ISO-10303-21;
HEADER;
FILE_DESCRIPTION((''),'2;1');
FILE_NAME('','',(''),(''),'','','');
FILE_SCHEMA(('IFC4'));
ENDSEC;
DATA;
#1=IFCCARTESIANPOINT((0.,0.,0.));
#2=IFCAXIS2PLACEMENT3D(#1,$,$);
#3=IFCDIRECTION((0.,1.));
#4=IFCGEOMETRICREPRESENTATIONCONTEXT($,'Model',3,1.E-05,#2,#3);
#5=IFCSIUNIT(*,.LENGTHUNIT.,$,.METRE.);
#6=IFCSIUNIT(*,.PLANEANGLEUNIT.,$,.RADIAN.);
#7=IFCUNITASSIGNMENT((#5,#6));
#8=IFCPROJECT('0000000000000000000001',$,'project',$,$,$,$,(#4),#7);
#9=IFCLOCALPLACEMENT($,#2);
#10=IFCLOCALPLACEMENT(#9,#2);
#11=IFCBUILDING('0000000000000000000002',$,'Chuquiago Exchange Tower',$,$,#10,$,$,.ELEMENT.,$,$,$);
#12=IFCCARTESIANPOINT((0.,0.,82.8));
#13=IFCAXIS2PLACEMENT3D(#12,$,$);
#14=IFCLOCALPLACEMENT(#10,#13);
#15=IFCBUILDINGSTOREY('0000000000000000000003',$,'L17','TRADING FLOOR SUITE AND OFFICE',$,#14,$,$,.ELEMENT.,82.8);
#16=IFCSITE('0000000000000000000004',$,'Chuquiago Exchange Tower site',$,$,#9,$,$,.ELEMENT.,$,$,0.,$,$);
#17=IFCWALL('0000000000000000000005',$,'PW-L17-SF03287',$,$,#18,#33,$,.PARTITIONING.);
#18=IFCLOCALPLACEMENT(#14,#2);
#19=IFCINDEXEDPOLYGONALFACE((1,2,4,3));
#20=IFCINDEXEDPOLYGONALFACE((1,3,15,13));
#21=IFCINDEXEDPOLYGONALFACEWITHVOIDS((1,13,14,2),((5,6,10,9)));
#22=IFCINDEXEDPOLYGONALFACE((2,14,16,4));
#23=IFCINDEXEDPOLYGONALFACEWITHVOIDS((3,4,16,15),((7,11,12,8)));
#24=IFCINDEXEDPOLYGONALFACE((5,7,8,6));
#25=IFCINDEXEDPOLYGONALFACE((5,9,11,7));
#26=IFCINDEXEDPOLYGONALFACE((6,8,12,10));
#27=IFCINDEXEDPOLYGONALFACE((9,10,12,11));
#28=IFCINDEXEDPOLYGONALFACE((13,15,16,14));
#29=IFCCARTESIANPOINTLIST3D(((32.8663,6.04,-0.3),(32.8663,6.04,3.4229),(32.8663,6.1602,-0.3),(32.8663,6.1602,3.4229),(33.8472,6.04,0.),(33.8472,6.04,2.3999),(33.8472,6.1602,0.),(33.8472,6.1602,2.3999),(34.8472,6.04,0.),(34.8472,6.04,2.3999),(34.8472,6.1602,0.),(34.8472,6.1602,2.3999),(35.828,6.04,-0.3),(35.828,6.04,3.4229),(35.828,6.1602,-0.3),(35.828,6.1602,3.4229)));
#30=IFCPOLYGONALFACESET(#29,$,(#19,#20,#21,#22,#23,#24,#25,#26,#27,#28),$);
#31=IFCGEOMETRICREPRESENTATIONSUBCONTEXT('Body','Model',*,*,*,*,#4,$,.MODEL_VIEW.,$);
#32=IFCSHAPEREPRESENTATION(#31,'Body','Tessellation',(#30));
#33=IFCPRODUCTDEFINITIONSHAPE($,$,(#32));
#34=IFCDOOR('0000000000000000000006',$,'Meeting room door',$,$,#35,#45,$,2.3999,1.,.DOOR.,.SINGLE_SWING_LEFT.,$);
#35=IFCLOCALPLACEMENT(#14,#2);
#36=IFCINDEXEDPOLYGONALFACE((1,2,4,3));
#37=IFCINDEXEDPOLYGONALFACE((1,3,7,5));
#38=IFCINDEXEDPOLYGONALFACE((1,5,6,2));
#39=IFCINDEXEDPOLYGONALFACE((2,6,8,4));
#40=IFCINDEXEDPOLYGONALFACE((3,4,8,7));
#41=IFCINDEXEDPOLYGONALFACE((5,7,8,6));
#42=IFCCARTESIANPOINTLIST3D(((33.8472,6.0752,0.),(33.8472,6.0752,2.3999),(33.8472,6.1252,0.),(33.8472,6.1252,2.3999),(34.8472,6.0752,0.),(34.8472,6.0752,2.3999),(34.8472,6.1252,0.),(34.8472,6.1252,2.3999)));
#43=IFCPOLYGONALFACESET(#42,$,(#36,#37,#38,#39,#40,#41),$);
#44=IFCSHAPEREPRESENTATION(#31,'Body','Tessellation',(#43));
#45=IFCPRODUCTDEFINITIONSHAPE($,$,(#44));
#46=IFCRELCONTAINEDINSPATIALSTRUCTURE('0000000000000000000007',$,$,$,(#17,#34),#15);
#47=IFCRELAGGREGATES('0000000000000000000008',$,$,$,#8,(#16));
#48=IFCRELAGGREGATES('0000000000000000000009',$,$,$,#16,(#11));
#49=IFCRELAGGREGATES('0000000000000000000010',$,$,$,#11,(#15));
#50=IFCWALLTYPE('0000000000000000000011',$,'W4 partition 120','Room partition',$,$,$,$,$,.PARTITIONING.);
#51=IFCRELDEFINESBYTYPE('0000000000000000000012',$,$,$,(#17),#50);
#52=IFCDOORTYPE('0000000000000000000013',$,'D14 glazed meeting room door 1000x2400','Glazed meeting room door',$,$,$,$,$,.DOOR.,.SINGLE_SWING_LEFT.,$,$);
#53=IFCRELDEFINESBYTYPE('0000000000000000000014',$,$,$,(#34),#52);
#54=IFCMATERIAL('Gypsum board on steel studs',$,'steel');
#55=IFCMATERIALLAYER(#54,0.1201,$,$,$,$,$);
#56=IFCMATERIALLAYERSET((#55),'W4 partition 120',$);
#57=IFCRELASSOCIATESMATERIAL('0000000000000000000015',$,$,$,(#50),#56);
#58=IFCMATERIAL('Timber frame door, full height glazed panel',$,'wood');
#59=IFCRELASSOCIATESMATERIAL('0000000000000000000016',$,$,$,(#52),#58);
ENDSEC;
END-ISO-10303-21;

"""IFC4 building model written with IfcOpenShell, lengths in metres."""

from ifc_helpers import new_model, si_unit, direction, frame, frame_2d, origin, place, context, subcontext, project, spatial, rectangle, extrude, material, layer, layer_set, type_object, element, fill, save


model = new_model("IFC4")

# Units and contexts
model_context = context("Model", 3, precision=1e-05, world=origin(), true_north=direction((0.0, 1.0)))
body_context = subcontext(model_context, "Body", "Model", "MODEL_VIEW")
ifc_project = project(units=[si_unit("LENGTHUNIT", "METRE"), si_unit("PLANEANGLEUNIT", "RADIAN")], contexts=[model_context])

# Site, building, storey
site_placement = place(None, origin())
site = spatial("IfcSite", under=ifc_project, at=site_placement, Name="Chuquiago Exchange Tower site", CompositionType="ELEMENT", RefElevation=0.0)
building_placement = place(site_placement, origin())
building = spatial("IfcBuilding", under=site, at=building_placement, Name="Chuquiago Exchange Tower", CompositionType="ELEMENT")
storey_placement = place(building_placement, frame((0.0, 0.0, 82.8)))
storey = spatial("IfcBuildingStorey", under=building, at=storey_placement, Name="L17", Description="TRADING FLOOR SUITE AND OFFICE", CompositionType="ELEMENT", Elevation=82.8)

# Wall, opening, door
ifc_material_1 = material(Name="Gypsum board on steel studs", Category="steel")
ifc_layer_1 = layer(ifc_material_1, 0.1201)
ifc_layer_set_1 = layer_set([ifc_layer_1], Name="W4 partition 120")
wall_type_1 = type_object("IfcWallType", Name="W4 partition 120", Description="Room partition", PredefinedType="PARTITIONING", material=ifc_layer_set_1)
wall_1_placement = place(storey_placement, frame((32.8662, 6.1001, -0.3), z_axis=(0.0, 0.0, 1.0), x_axis=(1.0, 0.0, 0.0)))
wall_1 = element("IfcWall", 1, at=wall_1_placement, inside=storey, type_object=wall_type_1, Name="PW-L17-SF03287", PredefinedType="PARTITIONING", context=body_context, shape_type="SweptSolid", body=[
    extrude(rectangle(XDim=2.9617, YDim=0.1201, at=frame_2d((1.481, 0.0))), origin(), (0.0, 0.0, 1.0), 3.7229),
])
opening_placement = place(wall_1_placement, frame((0.981, 0.0, 0.3)))
opening = element("IfcOpeningElement", 2, at=opening_placement, cuts=wall_1, PredefinedType="OPENING", context=body_context, shape_type="SweptSolid", body=[
    extrude(rectangle(XDim=1.0, YDim=2.3999, at=frame_2d((0.5, 1.2))), frame((0.0, 0.0701, 0.0), z_axis=(0.0, -1.0, 0.0), x_axis=(1.0, 0.0, 0.0)), (0.0, 0.0, 1.0), 0.1401),
])
ifc_material_2 = material(Name="Timber frame door, full height glazed panel", Category="wood")
door_type = type_object("IfcDoorType", Name="D14 glazed meeting room door 1000x2400", Description="Glazed meeting room door", OperationType="SINGLE_SWING_LEFT", PredefinedType="DOOR", material=ifc_material_2)
door_placement = place(opening_placement, frame((1.0, 0.0, 0.0), z_axis=(0.0, 0.0, 1.0), x_axis=(-1.0, 0.0, 0.0)))
door = element("IfcDoor", 3, at=door_placement, inside=storey, type_object=door_type, Name="Meeting room door", OperationType="SINGLE_SWING_LEFT", OverallHeight=2.3999, OverallWidth=1.0, PredefinedType="DOOR", context=body_context, shape_type="SweptSolid", body=[
    extrude(rectangle(XDim=1.0, YDim=2.3999, at=frame_2d((0.5, 1.2))), frame((0.0, 0.0249, 0.0), z_axis=(0.0, -1.0, 0.0), x_axis=(1.0, 0.0, 0.0)), (0.0, 0.0, 1.0), 0.05),
])
fill(opening, door)

save(model, "model.ifc")
